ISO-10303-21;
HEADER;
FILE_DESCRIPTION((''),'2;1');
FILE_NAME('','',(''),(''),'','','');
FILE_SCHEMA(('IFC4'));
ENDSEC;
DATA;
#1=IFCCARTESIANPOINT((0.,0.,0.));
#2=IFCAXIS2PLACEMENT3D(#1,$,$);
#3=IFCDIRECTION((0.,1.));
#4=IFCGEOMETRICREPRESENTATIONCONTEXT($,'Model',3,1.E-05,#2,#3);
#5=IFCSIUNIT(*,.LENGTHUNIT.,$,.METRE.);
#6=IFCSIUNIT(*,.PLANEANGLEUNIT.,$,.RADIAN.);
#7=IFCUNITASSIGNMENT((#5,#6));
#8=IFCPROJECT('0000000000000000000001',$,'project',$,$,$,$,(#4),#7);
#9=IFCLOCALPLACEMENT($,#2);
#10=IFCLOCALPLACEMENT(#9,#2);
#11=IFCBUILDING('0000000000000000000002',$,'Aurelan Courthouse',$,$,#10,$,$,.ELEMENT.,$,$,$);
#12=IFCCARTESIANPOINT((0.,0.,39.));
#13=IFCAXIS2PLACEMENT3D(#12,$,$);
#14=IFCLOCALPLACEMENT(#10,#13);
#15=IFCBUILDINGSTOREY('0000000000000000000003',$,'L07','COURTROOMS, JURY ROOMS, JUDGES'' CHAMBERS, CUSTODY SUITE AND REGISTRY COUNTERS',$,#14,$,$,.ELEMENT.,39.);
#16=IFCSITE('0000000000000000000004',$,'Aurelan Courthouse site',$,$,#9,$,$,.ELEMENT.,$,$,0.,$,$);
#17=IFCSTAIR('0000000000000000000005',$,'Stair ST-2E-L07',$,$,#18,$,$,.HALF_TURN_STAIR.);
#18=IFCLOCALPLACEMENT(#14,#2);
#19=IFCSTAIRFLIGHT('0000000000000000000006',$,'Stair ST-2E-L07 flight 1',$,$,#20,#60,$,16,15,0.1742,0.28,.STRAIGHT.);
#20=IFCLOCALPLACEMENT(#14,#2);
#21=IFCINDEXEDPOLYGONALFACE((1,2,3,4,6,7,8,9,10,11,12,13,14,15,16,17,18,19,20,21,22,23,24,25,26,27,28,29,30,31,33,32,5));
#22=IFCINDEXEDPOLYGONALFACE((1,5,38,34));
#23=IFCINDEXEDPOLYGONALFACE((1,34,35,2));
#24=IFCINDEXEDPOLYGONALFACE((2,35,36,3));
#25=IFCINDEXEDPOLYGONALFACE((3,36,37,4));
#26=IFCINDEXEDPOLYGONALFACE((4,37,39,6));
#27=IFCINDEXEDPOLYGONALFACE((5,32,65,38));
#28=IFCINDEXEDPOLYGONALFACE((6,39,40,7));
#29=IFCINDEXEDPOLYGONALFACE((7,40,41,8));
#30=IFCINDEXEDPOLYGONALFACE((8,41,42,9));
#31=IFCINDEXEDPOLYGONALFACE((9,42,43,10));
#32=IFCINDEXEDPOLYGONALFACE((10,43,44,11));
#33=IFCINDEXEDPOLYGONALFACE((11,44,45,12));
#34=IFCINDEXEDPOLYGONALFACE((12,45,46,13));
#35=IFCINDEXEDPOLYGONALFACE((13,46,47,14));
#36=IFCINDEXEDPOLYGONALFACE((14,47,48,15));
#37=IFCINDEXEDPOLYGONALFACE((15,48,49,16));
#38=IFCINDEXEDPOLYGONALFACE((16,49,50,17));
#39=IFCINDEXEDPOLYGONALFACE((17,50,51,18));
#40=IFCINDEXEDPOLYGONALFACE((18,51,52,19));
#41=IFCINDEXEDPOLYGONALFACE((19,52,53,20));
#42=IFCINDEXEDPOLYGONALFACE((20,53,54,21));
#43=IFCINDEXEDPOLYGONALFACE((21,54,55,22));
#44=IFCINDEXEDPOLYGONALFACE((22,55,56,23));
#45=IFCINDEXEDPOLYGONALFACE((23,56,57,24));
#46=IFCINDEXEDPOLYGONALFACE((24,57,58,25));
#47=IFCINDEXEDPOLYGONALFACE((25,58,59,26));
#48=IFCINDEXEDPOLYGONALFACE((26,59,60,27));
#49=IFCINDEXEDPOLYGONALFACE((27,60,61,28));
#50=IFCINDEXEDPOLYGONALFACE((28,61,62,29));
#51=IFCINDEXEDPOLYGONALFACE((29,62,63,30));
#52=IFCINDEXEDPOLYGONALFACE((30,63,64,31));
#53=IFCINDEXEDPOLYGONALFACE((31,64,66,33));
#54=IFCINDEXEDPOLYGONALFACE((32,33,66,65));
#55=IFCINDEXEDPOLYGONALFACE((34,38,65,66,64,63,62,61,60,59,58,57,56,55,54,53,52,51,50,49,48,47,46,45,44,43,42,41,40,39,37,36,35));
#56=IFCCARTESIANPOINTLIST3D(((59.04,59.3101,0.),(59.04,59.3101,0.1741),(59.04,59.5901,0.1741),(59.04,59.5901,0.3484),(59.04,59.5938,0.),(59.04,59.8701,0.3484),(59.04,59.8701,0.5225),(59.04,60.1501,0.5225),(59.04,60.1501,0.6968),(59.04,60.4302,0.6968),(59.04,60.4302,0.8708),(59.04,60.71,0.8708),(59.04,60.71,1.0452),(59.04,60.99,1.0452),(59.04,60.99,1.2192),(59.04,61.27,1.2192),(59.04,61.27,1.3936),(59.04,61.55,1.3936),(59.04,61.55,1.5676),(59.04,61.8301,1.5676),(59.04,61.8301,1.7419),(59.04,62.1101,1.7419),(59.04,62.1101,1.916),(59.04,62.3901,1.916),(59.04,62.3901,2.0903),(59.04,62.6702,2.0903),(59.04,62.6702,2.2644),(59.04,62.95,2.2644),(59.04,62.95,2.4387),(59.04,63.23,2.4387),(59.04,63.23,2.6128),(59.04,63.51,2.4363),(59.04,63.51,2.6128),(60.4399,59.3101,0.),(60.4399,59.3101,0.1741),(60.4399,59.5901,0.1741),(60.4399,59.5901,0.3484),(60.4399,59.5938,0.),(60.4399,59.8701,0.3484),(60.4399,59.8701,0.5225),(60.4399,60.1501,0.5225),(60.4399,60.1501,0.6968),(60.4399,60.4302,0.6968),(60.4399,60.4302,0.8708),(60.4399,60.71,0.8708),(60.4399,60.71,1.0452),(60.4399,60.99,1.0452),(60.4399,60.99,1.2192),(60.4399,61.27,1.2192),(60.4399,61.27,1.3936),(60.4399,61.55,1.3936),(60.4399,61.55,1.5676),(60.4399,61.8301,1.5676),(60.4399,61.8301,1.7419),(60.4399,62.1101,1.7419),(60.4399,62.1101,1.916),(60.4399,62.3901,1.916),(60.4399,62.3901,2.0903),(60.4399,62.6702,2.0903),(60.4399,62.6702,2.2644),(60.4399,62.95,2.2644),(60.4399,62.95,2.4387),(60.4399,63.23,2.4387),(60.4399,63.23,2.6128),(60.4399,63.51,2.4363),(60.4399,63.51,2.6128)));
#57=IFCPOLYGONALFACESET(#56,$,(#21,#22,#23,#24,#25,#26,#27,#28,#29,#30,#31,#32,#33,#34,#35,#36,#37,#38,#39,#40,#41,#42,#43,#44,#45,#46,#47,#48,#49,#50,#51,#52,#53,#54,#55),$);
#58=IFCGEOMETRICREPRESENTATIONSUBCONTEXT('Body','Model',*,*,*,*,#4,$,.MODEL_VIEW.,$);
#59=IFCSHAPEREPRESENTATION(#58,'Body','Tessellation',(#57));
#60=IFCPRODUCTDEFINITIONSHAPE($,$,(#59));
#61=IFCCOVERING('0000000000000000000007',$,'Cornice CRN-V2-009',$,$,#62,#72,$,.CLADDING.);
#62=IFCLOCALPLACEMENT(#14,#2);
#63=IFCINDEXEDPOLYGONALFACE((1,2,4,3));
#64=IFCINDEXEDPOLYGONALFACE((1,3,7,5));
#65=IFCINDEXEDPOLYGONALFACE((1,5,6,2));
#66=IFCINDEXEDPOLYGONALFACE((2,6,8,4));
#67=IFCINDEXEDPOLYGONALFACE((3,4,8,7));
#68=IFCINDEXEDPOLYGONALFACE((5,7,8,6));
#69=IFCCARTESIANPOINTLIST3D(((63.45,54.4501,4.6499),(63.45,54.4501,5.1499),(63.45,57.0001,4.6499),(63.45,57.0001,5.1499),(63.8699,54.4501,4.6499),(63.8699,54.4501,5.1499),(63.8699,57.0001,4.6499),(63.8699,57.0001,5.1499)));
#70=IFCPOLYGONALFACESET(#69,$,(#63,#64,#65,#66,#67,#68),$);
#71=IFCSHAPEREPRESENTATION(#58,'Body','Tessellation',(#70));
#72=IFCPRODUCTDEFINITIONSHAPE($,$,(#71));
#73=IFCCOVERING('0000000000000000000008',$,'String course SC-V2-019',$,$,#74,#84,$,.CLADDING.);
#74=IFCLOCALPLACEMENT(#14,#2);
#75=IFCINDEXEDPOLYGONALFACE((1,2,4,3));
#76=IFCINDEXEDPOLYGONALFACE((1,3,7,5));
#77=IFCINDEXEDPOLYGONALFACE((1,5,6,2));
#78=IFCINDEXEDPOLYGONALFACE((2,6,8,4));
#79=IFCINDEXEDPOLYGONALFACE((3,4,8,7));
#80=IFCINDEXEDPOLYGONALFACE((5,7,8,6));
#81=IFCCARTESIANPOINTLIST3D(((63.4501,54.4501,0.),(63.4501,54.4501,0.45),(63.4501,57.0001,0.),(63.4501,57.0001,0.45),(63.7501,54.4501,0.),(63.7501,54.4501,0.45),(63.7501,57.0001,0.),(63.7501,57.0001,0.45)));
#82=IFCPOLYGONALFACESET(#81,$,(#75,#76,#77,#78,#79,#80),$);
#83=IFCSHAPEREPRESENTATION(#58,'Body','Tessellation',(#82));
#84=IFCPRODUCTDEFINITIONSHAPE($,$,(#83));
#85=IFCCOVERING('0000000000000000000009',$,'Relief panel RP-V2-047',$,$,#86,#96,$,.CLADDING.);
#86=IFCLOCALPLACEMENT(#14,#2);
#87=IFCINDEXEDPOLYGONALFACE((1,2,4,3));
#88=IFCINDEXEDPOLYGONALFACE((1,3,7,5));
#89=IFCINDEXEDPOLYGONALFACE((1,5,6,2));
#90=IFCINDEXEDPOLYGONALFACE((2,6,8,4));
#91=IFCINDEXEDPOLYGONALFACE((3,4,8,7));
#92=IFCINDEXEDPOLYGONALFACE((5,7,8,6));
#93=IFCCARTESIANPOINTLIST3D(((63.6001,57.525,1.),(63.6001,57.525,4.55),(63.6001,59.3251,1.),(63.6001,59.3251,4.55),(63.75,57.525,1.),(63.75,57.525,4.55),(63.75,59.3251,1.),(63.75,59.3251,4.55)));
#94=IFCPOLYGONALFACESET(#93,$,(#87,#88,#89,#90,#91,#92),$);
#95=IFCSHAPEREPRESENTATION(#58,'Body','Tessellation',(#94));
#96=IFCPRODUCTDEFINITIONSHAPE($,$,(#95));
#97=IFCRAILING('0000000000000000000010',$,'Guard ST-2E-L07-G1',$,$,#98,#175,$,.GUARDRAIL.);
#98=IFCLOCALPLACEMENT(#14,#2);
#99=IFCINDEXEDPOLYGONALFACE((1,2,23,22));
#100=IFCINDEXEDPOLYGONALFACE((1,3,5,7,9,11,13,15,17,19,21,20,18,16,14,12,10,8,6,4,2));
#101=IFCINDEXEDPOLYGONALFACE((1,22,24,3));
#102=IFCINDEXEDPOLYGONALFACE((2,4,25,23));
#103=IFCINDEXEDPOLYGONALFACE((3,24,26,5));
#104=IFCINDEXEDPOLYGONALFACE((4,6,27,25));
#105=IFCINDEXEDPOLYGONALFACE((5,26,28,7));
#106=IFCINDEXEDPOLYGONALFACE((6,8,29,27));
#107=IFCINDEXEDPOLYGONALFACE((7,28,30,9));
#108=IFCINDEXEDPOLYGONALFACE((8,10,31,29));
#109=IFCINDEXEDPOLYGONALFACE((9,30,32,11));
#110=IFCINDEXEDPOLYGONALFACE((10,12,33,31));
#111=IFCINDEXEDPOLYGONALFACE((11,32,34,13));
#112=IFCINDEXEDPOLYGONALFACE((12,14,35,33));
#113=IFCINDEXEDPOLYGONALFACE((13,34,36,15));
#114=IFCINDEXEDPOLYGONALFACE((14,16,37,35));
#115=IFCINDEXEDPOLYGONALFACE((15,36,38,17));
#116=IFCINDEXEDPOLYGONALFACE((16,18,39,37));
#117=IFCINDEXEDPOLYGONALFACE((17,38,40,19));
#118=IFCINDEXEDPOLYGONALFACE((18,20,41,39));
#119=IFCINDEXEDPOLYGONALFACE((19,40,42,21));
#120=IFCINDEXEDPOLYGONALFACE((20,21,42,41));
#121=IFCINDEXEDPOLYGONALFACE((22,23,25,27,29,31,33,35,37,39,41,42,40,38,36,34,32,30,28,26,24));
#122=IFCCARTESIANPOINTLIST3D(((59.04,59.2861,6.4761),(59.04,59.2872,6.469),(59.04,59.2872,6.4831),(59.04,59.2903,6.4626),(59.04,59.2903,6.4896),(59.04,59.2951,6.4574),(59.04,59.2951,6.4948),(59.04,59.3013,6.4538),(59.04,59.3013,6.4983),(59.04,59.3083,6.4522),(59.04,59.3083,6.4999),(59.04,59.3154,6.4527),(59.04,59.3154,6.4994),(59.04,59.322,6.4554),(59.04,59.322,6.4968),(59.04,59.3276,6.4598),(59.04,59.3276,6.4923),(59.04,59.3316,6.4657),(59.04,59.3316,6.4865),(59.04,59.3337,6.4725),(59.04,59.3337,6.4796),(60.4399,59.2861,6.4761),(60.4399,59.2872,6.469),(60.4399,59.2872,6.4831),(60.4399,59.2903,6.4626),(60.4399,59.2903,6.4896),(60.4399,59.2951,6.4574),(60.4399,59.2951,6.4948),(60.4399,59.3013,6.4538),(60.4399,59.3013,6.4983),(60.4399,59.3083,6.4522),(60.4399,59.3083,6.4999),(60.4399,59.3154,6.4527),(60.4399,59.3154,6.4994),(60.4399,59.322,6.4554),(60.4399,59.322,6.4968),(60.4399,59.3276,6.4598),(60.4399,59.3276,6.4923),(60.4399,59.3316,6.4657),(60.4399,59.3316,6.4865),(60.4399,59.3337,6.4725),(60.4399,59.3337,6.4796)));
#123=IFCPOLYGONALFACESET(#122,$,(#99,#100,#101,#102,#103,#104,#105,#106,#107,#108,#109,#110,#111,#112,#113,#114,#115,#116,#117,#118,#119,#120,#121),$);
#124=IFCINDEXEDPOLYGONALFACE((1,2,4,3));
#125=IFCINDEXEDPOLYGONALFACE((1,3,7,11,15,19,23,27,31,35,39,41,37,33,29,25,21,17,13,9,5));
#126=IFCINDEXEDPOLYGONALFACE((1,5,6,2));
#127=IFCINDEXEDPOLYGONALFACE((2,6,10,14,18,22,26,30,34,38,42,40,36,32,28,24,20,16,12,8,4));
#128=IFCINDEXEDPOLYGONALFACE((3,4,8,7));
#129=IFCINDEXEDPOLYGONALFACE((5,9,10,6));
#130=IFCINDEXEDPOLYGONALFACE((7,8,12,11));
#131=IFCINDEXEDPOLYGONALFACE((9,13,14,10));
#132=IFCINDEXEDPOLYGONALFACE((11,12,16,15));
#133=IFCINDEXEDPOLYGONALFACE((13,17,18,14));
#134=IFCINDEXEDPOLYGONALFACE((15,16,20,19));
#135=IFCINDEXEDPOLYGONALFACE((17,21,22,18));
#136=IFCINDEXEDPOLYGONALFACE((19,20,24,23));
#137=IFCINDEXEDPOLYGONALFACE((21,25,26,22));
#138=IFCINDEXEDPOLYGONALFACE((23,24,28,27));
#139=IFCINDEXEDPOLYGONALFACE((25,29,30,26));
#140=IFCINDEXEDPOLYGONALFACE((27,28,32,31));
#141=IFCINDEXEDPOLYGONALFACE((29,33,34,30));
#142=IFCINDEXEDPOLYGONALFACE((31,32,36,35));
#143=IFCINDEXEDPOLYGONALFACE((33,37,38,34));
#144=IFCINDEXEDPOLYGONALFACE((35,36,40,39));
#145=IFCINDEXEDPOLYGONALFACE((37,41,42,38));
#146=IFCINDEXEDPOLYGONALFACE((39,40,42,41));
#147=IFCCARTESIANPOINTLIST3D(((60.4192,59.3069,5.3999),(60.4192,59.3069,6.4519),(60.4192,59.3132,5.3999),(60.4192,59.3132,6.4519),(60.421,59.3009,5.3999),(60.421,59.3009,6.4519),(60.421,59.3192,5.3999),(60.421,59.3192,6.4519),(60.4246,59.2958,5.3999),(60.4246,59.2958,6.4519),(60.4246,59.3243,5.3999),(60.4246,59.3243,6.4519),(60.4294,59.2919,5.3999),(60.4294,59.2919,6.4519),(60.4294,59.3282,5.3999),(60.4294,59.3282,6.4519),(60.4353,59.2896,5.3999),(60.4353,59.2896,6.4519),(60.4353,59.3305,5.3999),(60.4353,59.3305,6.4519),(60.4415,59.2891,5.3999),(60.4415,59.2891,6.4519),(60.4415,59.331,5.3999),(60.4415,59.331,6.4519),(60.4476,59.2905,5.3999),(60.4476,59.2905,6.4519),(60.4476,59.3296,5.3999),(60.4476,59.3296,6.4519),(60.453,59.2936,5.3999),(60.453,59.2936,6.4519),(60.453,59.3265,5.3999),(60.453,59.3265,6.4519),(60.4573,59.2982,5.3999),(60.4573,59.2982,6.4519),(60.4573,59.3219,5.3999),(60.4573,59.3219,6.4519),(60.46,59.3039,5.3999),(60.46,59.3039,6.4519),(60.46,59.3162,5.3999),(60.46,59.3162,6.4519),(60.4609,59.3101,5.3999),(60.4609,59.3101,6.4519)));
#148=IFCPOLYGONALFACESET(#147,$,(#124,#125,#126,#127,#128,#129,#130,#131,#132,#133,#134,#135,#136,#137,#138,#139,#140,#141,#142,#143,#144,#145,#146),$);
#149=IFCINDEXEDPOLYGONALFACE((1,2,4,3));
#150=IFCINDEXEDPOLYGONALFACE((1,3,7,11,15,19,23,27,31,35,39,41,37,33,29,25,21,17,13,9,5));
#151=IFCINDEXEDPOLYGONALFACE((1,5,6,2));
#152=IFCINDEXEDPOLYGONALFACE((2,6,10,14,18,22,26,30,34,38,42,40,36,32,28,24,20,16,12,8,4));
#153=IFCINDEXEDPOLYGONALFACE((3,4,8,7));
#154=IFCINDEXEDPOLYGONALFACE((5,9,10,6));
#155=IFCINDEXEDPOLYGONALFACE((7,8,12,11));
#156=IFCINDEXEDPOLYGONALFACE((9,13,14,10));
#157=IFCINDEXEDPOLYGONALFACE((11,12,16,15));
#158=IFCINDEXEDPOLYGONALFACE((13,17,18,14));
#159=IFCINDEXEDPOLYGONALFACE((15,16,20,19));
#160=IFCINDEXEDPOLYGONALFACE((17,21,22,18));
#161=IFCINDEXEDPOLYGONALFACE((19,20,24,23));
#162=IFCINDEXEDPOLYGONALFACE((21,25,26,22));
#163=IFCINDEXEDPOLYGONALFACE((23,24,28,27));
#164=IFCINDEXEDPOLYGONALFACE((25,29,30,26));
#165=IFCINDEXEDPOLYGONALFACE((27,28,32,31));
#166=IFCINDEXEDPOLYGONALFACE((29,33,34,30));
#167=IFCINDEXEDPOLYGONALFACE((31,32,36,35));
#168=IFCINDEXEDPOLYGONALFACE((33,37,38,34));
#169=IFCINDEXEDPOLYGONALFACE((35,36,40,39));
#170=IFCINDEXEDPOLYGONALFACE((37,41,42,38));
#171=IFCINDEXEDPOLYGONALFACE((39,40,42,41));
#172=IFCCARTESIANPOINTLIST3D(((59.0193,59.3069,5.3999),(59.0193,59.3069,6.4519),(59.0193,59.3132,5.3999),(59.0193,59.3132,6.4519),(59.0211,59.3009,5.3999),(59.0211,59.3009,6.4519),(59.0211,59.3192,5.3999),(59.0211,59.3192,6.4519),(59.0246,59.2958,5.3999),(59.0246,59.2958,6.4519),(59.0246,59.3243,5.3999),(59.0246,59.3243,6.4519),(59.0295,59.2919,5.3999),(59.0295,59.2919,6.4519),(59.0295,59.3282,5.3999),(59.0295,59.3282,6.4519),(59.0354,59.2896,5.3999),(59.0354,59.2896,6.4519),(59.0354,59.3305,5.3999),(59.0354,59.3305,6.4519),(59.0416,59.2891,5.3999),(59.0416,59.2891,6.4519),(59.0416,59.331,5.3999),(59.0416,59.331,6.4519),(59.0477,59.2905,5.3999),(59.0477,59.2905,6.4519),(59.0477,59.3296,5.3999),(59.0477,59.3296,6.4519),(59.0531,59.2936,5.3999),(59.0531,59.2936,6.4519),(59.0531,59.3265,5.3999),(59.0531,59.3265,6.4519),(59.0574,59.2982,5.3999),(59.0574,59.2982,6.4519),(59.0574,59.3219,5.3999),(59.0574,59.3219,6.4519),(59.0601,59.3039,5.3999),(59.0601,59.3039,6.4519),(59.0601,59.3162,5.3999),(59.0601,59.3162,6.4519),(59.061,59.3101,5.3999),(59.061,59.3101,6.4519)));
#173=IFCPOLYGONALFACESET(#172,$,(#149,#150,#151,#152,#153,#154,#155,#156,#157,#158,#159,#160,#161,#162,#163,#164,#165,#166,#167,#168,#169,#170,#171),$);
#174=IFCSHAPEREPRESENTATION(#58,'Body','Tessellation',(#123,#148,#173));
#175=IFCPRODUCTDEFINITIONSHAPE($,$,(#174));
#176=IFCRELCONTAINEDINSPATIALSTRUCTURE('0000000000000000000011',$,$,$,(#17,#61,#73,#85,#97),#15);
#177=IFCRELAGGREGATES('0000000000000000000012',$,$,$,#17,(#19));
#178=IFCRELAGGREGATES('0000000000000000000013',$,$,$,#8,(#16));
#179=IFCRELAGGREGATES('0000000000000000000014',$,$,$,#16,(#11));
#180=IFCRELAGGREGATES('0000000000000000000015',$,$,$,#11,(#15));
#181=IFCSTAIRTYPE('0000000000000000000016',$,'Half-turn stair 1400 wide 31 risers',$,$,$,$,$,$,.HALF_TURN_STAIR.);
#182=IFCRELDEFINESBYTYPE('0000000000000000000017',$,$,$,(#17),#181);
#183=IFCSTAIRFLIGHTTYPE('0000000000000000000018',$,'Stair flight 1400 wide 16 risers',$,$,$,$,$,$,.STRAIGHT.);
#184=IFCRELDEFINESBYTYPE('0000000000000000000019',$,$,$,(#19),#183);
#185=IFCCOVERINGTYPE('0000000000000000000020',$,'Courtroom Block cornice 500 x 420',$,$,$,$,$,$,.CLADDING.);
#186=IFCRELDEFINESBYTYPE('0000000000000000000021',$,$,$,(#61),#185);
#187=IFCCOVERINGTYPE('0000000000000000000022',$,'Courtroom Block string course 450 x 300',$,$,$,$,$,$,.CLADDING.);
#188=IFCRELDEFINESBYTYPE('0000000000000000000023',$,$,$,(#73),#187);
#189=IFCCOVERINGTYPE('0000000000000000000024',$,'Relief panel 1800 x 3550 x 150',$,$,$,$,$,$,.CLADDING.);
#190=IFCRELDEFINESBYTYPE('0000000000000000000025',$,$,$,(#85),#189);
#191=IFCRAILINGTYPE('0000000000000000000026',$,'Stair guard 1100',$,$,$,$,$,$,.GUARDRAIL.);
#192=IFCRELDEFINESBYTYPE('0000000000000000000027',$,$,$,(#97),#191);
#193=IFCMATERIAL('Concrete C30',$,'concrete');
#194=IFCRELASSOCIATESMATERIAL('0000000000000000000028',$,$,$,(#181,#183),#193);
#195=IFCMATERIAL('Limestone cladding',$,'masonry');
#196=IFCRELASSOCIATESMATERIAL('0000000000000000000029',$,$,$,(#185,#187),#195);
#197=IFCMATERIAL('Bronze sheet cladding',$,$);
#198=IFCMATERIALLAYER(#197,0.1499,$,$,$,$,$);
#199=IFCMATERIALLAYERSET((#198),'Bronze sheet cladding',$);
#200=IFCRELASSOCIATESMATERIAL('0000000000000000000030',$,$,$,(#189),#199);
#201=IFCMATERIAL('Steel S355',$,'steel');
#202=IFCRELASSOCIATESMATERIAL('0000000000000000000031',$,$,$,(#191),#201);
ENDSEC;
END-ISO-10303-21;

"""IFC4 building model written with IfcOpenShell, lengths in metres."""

from ifc_helpers import new_model, si_unit, direction, frame, origin, origin_2d, place, context, subcontext, project, spatial, polyline, rectangle, circle, outline, extrude, material, layer, layer_set, type_object, element, aggregate, save


model = new_model("IFC4")

# Units and contexts
model_context = context("Model", 3, precision=1e-05, world=origin(), true_north=direction((0.0, 1.0)))
body_context = subcontext(model_context, "Body", "Model", "MODEL_VIEW")
ifc_project = project(units=[si_unit("LENGTHUNIT", "METRE"), si_unit("PLANEANGLEUNIT", "RADIAN")], contexts=[model_context])

# Site, building, storey
site_placement = place(None, origin())
site = spatial("IfcSite", under=ifc_project, at=site_placement, Name="Aurelan Courthouse site", CompositionType="ELEMENT", RefElevation=0.0)
building_placement = place(site_placement, origin())
building = spatial("IfcBuilding", under=site, at=building_placement, Name="Aurelan Courthouse", CompositionType="ELEMENT")
storey_placement = place(building_placement, frame((0.0, 0.0, 39.0)))
storey = spatial("IfcBuildingStorey", under=building, at=storey_placement, Name="L07", Description="COURTROOMS, JURY ROOMS, JUDGES' CHAMBERS, CUSTODY SUITE AND REGISTRY COUNTERS", CompositionType="ELEMENT", Elevation=39.0)

# Shared definitions
ifc_material_1 = material(Name="Limestone cladding", Category="masonry")
ifc_material_2 = material(Name="Concrete C30", Category="concrete")

# Stair, stair flight
stair_type = type_object("IfcStairType", Name="Half-turn stair 1400 wide 31 risers", PredefinedType="HALF_TURN_STAIR", material=ifc_material_2)
stair_placement = place(storey_placement, origin())
stair = element("IfcStair", 1, at=stair_placement, inside=storey, type_object=stair_type, Name="Stair ST-2E-L07", PredefinedType="HALF_TURN_STAIR")
stair_flight_type = type_object("IfcStairFlightType", Name="Stair flight 1400 wide 16 risers", PredefinedType="STRAIGHT", material=ifc_material_2)
stair_flight_placement = place(storey_placement, frame((59.74, 59.3101, 0.0), z_axis=(0.0, 0.0, 1.0), x_axis=(0.0, 1.0, 0.0)))
stair_flight = element("IfcStairFlight", 2, at=stair_flight_placement, type_object=stair_flight_type, Name="Stair ST-2E-L07 flight 1", NumberOfRisers=16, NumberOfTreads=15, PredefinedType="STRAIGHT", RiserHeight=0.1742, TreadLength=0.28, context=body_context, shape_type="SweptSolid", body=[
    extrude(outline(polyline([(0.0, 0.0), (0.0, 0.1741), (0.28, 0.1741), (0.28, 0.3484), (0.5601, 0.3484), (0.5601, 0.5225), (0.8401, 0.5225), (0.8401, 0.6968), (1.1201, 0.6968), (1.1201, 0.8708), (1.3999, 0.8708), (1.3999, 1.0452), (1.6799, 1.0452), (1.6799, 1.2192), (1.96, 1.2192), (1.96, 1.3936), (2.24, 1.3936), (2.24, 1.5676), (2.52, 1.5676), (2.52, 1.7419), (2.8, 1.7419), (2.8, 1.916), (3.0801, 1.916), (3.0801, 2.0903), (3.3601, 2.0903), (3.3601, 2.2644), (3.6399, 2.2644), (3.6399, 2.4387), (3.9199, 2.4387), (3.9199, 2.6128), (4.2, 2.6128), (4.2, 2.7871), (4.2, 2.4363), (0.2837, 0.0), (0.0, 0.0)])), frame((0.0, 0.7, 0.0), z_axis=(0.0, -1.0, 0.0), x_axis=(1.0, 0.0, 0.0)), (0.0, 0.0, 1.0), 1.3999),
])
aggregate(stair, [stair_flight])

# Coverings
covering_type_1 = type_object("IfcCoveringType", Name="Courtroom Block cornice 500 x 420", PredefinedType="CLADDING", material=ifc_material_1)
covering_1_placement = place(storey_placement, frame((63.6599, 55.7251, 4.6499), z_axis=(0.0, 0.0, 1.0), x_axis=(1.0, 0.0, 0.0)))
element("IfcCovering", 3, at=covering_1_placement, inside=storey, type_object=covering_type_1, Name="Cornice CRN-V2-009", PredefinedType="CLADDING", context=body_context, shape_type="SweptSolid", body=[
    extrude(rectangle(XDim=0.4199, YDim=2.55, at=origin_2d()), origin(), (0.0, 0.0, 1.0), 0.5),
])
covering_type_2 = type_object("IfcCoveringType", Name="Courtroom Block string course 450 x 300", PredefinedType="CLADDING", material=ifc_material_1)
covering_2_placement = place(storey_placement, frame((63.6001, 55.7251, 0.0), z_axis=(0.0, 0.0, 1.0), x_axis=(1.0, 0.0, 0.0)))
element("IfcCovering", 4, at=covering_2_placement, inside=storey, type_object=covering_type_2, Name="String course SC-V2-019", PredefinedType="CLADDING", context=body_context, shape_type="SweptSolid", body=[
    extrude(rectangle(XDim=0.3, YDim=2.55, at=origin_2d()), origin(), (0.0, 0.0, 1.0), 0.45),
])
ifc_material_3 = material(Name="Bronze sheet cladding")
ifc_layer_1 = layer(ifc_material_3, 0.1499)
ifc_layer_set_1 = layer_set([ifc_layer_1], Name="Bronze sheet cladding")
covering_type_3 = type_object("IfcCoveringType", Name="Relief panel 1800 x 3550 x 150", PredefinedType="CLADDING", material=ifc_layer_set_1)
covering_3_placement = place(storey_placement, frame((63.675, 58.425, 1.0), z_axis=(0.0, 0.0, 1.0), x_axis=(1.0, 0.0, 0.0)))
element("IfcCovering", 5, at=covering_3_placement, inside=storey, type_object=covering_type_3, Name="Relief panel RP-V2-047", PredefinedType="CLADDING", context=body_context, shape_type="SweptSolid", body=[
    extrude(rectangle(XDim=0.1499, YDim=1.8, at=origin_2d()), origin(), (0.0, 0.0, 1.0), 3.55),
])

# Railing
ifc_material_4 = material(Name="Steel S355", Category="steel")
railing_type_1 = type_object("IfcRailingType", Name="Stair guard 1100", PredefinedType="GUARDRAIL", material=ifc_material_4)
railing_1_placement = place(storey_placement, frame((60.4399, 59.3101, 5.3999)))
element("IfcRailing", 6, at=railing_1_placement, inside=storey, type_object=railing_type_1, Name="Guard ST-2E-L07-G1", PredefinedType="GUARDRAIL", context=body_context, shape_type="SweptSolid", body=[
    extrude(circle(Radius=0.0239, at=origin_2d()), frame((0.0, 0.0, 1.0762), z_axis=(-1.0, 0.0, 0.0), x_axis=(0.0, -1.0, 0.0)), (0.0, 0.0, 1.0), 1.3999),
    extrude(circle(Radius=0.021, at=origin_2d()), origin(), (0.0, 0.0, 1.0), 1.052),
    extrude(circle(Radius=0.021, at=origin_2d()), frame((-1.3999, 0.0, 0.0)), (0.0, 0.0, 1.0), 1.052),
])

save(model, "model.ifc")
